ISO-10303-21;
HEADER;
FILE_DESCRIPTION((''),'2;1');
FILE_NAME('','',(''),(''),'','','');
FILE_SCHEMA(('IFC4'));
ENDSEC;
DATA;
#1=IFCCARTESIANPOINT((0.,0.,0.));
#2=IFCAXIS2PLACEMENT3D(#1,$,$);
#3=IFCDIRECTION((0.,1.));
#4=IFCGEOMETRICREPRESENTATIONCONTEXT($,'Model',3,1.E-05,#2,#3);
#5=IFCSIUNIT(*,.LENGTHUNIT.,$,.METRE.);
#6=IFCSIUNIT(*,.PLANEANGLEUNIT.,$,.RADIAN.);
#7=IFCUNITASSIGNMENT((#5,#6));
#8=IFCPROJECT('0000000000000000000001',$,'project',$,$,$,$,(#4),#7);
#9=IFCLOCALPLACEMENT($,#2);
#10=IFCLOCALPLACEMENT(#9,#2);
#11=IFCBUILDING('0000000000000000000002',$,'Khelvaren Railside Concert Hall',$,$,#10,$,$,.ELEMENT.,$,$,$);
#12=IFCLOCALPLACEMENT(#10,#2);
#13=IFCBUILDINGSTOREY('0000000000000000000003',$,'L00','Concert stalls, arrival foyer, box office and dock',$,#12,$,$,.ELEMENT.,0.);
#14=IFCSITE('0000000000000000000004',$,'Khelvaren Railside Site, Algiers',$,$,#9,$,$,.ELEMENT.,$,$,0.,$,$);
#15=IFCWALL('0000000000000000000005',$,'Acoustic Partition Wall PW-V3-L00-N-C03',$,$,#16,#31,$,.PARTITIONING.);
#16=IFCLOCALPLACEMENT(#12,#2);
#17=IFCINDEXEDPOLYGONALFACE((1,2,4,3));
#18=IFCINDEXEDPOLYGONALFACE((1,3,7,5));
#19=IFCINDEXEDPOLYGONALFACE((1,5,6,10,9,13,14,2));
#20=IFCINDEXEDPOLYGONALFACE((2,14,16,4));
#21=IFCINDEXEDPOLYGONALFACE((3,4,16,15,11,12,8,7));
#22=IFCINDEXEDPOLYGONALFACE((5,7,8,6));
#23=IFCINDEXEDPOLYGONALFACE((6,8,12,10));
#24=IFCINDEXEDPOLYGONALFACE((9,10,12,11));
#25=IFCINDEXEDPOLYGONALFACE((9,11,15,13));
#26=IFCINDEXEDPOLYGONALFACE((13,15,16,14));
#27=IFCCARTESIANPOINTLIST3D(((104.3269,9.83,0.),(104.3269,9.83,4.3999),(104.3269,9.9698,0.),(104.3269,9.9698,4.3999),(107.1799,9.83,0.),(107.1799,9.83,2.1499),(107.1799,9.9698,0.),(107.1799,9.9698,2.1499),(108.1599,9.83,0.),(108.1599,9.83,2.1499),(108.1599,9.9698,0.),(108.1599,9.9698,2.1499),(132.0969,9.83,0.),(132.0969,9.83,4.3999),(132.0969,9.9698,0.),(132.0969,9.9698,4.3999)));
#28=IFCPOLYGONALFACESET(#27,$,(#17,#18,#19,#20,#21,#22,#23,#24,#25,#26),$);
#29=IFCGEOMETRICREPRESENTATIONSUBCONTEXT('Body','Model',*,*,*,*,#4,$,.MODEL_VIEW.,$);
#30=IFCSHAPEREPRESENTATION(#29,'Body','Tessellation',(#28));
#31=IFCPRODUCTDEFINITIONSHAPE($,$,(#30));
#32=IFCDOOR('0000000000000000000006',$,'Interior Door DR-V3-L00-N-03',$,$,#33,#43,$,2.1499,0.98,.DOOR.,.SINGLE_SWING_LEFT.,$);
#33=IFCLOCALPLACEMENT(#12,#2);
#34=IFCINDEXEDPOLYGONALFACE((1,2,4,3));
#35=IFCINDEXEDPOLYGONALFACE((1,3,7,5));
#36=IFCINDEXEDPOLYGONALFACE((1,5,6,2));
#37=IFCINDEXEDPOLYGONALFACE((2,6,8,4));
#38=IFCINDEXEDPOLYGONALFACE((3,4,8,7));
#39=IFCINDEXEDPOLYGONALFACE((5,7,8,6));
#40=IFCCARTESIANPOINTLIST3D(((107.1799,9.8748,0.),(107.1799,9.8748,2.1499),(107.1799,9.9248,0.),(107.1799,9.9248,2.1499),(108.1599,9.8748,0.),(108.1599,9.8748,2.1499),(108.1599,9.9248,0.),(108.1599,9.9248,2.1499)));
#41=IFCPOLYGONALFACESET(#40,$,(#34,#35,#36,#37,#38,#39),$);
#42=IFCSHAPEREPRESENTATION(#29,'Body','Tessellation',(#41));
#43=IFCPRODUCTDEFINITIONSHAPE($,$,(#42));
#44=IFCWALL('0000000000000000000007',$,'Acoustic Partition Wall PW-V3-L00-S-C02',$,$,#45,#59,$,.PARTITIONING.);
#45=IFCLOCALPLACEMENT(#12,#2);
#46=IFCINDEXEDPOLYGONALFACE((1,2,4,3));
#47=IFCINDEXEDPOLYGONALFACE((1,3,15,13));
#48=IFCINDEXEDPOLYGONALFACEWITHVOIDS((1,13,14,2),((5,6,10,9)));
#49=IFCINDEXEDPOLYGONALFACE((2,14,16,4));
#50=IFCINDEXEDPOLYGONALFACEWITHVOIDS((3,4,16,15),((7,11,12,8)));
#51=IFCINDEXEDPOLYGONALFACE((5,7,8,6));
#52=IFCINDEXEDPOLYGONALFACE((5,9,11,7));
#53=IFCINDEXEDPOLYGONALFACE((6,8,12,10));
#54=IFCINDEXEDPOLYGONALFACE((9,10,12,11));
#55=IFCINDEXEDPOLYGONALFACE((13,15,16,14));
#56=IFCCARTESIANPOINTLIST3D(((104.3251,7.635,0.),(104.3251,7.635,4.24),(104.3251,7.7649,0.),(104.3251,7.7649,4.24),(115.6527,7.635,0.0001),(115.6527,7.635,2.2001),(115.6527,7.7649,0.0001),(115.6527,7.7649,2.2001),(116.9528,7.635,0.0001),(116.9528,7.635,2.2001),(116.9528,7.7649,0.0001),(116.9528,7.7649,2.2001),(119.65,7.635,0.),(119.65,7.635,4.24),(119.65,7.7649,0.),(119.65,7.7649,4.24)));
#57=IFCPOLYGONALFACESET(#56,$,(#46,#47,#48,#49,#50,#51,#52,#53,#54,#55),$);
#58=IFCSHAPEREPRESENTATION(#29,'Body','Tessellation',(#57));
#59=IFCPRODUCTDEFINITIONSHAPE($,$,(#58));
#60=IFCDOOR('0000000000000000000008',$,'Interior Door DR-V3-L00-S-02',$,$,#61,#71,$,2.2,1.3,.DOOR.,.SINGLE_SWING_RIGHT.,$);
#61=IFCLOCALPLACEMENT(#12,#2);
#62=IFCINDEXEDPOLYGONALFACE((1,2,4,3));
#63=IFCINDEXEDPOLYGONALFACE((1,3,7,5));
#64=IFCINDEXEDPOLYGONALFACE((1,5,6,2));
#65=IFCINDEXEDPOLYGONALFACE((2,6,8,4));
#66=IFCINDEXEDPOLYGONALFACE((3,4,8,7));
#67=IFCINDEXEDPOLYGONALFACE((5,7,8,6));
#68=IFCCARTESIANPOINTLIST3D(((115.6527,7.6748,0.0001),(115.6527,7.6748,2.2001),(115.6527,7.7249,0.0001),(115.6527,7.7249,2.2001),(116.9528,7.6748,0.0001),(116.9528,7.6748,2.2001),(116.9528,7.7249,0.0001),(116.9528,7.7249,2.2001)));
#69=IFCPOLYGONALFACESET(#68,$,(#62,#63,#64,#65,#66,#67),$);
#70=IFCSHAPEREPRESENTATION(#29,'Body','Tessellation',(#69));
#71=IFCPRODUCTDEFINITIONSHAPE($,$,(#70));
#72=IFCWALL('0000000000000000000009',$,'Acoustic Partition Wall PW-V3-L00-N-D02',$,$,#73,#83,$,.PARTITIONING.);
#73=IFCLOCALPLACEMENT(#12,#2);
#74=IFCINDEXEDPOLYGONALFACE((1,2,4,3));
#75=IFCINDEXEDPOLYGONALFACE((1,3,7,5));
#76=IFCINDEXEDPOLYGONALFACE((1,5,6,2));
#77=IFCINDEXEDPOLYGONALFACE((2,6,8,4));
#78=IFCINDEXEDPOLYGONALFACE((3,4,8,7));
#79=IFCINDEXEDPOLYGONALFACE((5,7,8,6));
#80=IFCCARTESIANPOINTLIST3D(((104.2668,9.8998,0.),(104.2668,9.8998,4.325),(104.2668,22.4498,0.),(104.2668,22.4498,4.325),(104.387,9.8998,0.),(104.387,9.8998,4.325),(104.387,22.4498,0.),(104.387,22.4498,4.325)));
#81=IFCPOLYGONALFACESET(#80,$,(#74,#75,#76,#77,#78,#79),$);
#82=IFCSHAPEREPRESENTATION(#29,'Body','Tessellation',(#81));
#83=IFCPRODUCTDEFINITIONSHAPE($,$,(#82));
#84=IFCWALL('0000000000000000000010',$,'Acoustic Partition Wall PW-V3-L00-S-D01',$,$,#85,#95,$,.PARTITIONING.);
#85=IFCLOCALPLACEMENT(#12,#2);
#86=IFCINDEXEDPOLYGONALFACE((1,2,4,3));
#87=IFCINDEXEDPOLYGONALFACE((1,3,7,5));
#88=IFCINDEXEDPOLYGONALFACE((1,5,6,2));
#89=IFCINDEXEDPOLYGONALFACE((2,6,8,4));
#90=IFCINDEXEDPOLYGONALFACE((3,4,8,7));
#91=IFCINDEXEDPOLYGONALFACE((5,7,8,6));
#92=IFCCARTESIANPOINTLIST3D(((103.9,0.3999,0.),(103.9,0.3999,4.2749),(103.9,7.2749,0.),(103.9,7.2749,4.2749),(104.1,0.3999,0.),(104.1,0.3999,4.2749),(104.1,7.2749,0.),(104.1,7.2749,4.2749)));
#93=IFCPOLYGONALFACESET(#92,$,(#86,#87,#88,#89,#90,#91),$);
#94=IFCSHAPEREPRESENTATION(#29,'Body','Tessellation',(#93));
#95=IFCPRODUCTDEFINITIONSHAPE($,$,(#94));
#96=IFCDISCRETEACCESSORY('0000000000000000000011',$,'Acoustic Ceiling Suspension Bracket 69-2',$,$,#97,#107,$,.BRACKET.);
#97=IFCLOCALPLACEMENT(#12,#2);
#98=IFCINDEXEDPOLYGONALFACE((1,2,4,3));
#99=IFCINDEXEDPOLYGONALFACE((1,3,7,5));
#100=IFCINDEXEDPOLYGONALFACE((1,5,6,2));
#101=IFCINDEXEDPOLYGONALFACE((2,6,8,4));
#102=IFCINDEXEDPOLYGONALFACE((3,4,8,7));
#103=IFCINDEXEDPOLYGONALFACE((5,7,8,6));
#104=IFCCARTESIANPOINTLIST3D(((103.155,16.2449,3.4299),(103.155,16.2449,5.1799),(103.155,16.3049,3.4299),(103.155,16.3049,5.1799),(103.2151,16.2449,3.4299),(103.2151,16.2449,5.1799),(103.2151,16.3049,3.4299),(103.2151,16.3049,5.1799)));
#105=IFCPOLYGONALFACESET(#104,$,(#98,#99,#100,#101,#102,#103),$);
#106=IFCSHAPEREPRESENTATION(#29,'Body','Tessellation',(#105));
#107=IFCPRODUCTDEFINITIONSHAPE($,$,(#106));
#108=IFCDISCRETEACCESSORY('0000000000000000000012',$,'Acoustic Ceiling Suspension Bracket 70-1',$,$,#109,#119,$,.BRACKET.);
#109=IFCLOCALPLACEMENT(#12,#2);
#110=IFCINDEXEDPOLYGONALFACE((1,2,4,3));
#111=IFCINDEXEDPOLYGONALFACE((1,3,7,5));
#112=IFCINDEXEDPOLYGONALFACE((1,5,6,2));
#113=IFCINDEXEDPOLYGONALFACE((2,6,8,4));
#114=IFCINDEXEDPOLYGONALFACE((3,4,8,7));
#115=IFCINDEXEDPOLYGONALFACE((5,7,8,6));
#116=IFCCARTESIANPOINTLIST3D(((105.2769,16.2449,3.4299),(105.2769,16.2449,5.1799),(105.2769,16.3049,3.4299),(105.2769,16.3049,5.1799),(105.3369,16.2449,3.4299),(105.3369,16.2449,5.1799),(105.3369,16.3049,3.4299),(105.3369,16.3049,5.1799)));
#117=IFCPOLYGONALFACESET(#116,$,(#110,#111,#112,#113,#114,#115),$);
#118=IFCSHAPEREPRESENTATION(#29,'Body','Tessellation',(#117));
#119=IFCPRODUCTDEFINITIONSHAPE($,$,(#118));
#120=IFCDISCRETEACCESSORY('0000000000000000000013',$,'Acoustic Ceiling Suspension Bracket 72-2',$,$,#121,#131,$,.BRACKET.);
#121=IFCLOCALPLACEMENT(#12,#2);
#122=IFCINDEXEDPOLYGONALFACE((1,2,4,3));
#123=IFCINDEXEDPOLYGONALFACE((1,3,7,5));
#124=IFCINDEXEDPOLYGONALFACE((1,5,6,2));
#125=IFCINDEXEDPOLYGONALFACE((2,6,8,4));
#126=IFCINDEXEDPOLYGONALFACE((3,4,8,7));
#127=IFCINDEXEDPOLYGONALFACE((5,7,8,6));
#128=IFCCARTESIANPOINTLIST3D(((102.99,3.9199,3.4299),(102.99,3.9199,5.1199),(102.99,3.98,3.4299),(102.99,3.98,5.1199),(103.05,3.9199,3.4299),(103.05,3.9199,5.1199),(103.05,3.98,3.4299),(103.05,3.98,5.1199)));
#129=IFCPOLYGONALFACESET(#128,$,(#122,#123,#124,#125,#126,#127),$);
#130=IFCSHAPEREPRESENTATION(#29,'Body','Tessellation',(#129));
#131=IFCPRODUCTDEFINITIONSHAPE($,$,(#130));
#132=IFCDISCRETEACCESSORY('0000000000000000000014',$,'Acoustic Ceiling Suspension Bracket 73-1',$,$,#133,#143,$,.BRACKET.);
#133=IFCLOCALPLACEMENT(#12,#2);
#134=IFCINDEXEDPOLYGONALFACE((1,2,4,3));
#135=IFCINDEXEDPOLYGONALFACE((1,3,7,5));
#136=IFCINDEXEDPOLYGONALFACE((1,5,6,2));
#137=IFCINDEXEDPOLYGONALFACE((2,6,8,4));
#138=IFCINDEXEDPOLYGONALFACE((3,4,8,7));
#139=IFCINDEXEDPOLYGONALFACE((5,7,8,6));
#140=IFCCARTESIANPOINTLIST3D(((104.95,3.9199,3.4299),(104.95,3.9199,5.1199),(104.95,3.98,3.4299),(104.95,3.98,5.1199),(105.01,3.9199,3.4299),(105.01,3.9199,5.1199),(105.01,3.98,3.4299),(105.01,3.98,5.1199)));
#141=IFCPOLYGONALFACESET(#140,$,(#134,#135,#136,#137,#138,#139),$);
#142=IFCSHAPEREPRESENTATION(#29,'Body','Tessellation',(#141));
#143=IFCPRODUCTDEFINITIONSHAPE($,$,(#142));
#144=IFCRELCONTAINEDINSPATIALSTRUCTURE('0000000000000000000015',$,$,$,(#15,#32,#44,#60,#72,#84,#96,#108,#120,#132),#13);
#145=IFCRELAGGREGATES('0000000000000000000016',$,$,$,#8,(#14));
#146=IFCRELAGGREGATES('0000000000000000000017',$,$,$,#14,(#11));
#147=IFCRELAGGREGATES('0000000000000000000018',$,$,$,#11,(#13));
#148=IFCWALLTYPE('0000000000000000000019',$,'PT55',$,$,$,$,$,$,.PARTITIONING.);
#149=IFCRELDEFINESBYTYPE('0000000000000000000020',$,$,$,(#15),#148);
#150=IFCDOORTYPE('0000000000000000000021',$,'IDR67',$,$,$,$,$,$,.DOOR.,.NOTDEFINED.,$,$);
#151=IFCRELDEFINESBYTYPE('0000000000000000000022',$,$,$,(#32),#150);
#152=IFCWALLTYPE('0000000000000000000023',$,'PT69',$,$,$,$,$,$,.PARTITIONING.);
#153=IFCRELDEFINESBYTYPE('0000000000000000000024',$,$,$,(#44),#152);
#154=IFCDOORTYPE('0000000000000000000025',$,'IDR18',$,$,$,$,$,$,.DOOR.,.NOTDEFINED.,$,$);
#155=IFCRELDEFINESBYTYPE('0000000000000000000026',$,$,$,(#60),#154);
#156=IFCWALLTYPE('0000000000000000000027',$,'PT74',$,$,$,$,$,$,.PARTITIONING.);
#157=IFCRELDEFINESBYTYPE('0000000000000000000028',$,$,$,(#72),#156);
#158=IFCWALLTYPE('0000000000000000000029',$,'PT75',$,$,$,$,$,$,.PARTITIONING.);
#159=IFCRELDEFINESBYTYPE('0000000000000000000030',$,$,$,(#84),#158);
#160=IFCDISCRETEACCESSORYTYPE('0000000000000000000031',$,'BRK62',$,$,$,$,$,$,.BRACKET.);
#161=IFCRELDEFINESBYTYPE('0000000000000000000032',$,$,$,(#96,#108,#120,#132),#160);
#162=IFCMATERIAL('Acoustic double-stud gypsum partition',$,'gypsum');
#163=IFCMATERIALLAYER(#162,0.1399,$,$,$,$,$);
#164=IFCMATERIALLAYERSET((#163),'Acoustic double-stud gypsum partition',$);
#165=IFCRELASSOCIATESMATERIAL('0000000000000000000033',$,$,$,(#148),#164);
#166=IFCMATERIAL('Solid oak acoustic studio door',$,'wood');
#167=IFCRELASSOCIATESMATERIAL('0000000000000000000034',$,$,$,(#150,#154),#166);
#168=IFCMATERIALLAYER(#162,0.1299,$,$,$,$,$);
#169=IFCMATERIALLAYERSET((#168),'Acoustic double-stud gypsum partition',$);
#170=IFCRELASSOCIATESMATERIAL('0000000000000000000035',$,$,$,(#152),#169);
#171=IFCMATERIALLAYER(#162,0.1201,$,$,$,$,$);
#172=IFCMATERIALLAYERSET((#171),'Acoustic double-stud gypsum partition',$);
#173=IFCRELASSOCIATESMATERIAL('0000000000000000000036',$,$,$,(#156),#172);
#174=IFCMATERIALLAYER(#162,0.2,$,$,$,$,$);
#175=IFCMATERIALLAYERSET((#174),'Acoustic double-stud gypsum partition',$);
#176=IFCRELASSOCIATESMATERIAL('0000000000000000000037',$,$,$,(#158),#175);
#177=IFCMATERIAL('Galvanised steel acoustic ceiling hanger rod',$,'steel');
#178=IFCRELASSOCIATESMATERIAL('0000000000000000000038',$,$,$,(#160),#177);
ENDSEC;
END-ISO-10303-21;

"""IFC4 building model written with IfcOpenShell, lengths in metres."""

from ifc_helpers import new_model, si_unit, direction, frame, frame_2d, origin, origin_2d, place, context, subcontext, project, spatial, rectangle, extrude, material, layer, layer_set, type_object, element, fill, save


model = new_model("IFC4")

# Units and contexts
model_context = context("Model", 3, precision=1e-05, world=origin(), true_north=direction((0.0, 1.0)))
body_context = subcontext(model_context, "Body", "Model", "MODEL_VIEW")
ifc_project = project(units=[si_unit("LENGTHUNIT", "METRE"), si_unit("PLANEANGLEUNIT", "RADIAN")], contexts=[model_context])

# Site, building, storey
site_placement = place(None, origin())
site = spatial("IfcSite", under=ifc_project, at=site_placement, Name="Khelvaren Railside Site, Algiers", CompositionType="ELEMENT", RefElevation=0.0)
building_placement = place(site_placement, origin())
building = spatial("IfcBuilding", under=site, at=building_placement, Name="Khelvaren Railside Concert Hall", CompositionType="ELEMENT")
storey_placement = place(building_placement, origin())
storey = spatial("IfcBuildingStorey", under=building, at=storey_placement, Name="L00", Description="Concert stalls, arrival foyer, box office and dock", CompositionType="ELEMENT", Elevation=0.0)

# Walls, openings, doors
ifc_material_1 = material(Name="Acoustic double-stud gypsum partition", Category="gypsum")
ifc_layer_1 = layer(ifc_material_1, 0.1399)
ifc_layer_set_1 = layer_set([ifc_layer_1], Name="Acoustic double-stud gypsum partition")
wall_type_1 = type_object("IfcWallType", Name="PT55", PredefinedType="PARTITIONING", material=ifc_layer_set_1)
wall_1_placement = place(storey_placement, frame((104.3269, 9.8999, 0.0), z_axis=(0.0, 0.0, 1.0), x_axis=(1.0, 0.0, 0.0)))
wall_1 = element("IfcWall", 1, at=wall_1_placement, inside=storey, type_object=wall_type_1, Name="Acoustic Partition Wall PW-V3-L00-N-C03", PredefinedType="PARTITIONING", context=body_context, shape_type="SweptSolid", body=[
    extrude(rectangle(XDim=27.77, YDim=0.1399, at=frame_2d((13.885, 0.0))), origin(), (0.0, 0.0, 1.0), 4.3999),
])
opening_1_placement = place(wall_1_placement, frame((2.853, 0.0, 0.0)))
opening_1 = element("IfcOpeningElement", 2, at=opening_1_placement, cuts=wall_1, PredefinedType="OPENING", context=body_context, shape_type="SweptSolid", body=[
    extrude(rectangle(XDim=0.98, YDim=2.1499, at=frame_2d((0.49, 1.075))), frame((0.0, 0.0798, 0.0), z_axis=(0.0, -1.0, 0.0), x_axis=(1.0, 0.0, 0.0)), (0.0, 0.0, 1.0), 0.1599),
])
ifc_material_2 = material(Name="Solid oak acoustic studio door", Category="wood")
door_type_1 = type_object("IfcDoorType", Name="IDR67", OperationType="NOTDEFINED", PredefinedType="DOOR", material=ifc_material_2)
door_1_placement = place(opening_1_placement, origin())
door_1 = element("IfcDoor", 3, at=door_1_placement, inside=storey, type_object=door_type_1, Name="Interior Door DR-V3-L00-N-03", OperationType="SINGLE_SWING_LEFT", OverallHeight=2.1499, OverallWidth=0.98, PredefinedType="DOOR", context=body_context, shape_type="SweptSolid", body=[
    extrude(rectangle(XDim=0.98, YDim=2.1499, at=frame_2d((0.49, 1.075))), frame((0.0, 0.0249, 0.0), z_axis=(0.0, -1.0, 0.0), x_axis=(1.0, 0.0, 0.0)), (0.0, 0.0, 1.0), 0.05),
])
fill(opening_1, door_1)
ifc_layer_2 = layer(ifc_material_1, 0.1299)
ifc_layer_set_2 = layer_set([ifc_layer_2], Name="Acoustic double-stud gypsum partition")
wall_type_2 = type_object("IfcWallType", Name="PT69", PredefinedType="PARTITIONING", material=ifc_layer_set_2)
wall_2_placement = place(storey_placement, frame((104.325, 7.7, 0.0), z_axis=(0.0, 0.0, 1.0), x_axis=(1.0, 0.0, 0.0)))
wall_2 = element("IfcWall", 4, at=wall_2_placement, inside=storey, type_object=wall_type_2, Name="Acoustic Partition Wall PW-V3-L00-S-C02", PredefinedType="PARTITIONING", context=body_context, shape_type="SweptSolid", body=[
    extrude(rectangle(XDim=15.325, YDim=0.1299, at=frame_2d((7.6626, 0.0))), origin(), (0.0, 0.0, 1.0), 4.24),
])
opening_2_placement = place(wall_2_placement, frame((11.3279, 0.0, 0.0)))
opening_2 = element("IfcOpeningElement", 5, at=opening_2_placement, cuts=wall_2, PredefinedType="OPENING", context=body_context, shape_type="SweptSolid", body=[
    extrude(rectangle(XDim=1.3, YDim=2.2, at=frame_2d((0.6499, 1.1001))), frame((0.0, 0.075, 0.0), z_axis=(0.0, -1.0, 0.0), x_axis=(1.0, 0.0, 0.0)), (0.0, 0.0, 1.0), 0.1499),
])
door_type_2 = type_object("IfcDoorType", Name="IDR18", OperationType="NOTDEFINED", PredefinedType="DOOR", material=ifc_material_2)
door_2_placement = place(opening_2_placement, origin())
door_2 = element("IfcDoor", 6, at=door_2_placement, inside=storey, type_object=door_type_2, Name="Interior Door DR-V3-L00-S-02", OperationType="SINGLE_SWING_RIGHT", OverallHeight=2.2, OverallWidth=1.3, PredefinedType="DOOR", context=body_context, shape_type="SweptSolid", body=[
    extrude(rectangle(XDim=1.3, YDim=2.2, at=frame_2d((0.6499, 1.1001))), frame((0.0, 0.0249, 0.0), z_axis=(0.0, -1.0, 0.0), x_axis=(1.0, 0.0, 0.0)), (0.0, 0.0, 1.0), 0.05),
])
fill(opening_2, door_2)

# Walls
ifc_layer_3 = layer(ifc_material_1, 0.1201)
ifc_layer_set_3 = layer_set([ifc_layer_3], Name="Acoustic double-stud gypsum partition")
wall_type_3 = type_object("IfcWallType", Name="PT74", PredefinedType="PARTITIONING", material=ifc_layer_set_3)
wall_3_placement = place(storey_placement, frame((104.3269, 9.8999, 0.0), z_axis=(0.0, 0.0, 1.0), x_axis=(0.0, 1.0, 0.0)))
element("IfcWall", 7, at=wall_3_placement, inside=storey, type_object=wall_type_3, Name="Acoustic Partition Wall PW-V3-L00-N-D02", PredefinedType="PARTITIONING", context=body_context, shape_type="SweptSolid", body=[
    extrude(rectangle(XDim=12.55, YDim=0.1201, at=frame_2d((6.2749, 0.0))), origin(), (0.0, 0.0, 1.0), 4.325),
])
ifc_layer_4 = layer(ifc_material_1, 0.2)
ifc_layer_set_4 = layer_set([ifc_layer_4], Name="Acoustic double-stud gypsum partition")
wall_type_4 = type_object("IfcWallType", Name="PT75", PredefinedType="PARTITIONING", material=ifc_layer_set_4)
wall_4_placement = place(storey_placement, frame((104.0, 0.3999, 0.0), z_axis=(0.0, 0.0, 1.0), x_axis=(0.0, 1.0, 0.0)))
element("IfcWall", 8, at=wall_4_placement, inside=storey, type_object=wall_type_4, Name="Acoustic Partition Wall PW-V3-L00-S-D01", PredefinedType="PARTITIONING", context=body_context, shape_type="SweptSolid", body=[
    extrude(rectangle(XDim=6.875, YDim=0.2, at=frame_2d((3.4375, 0.0))), origin(), (0.0, 0.0, 1.0), 4.2749),
])

# Discrete accessories
ifc_material_3 = material(Name="Galvanised steel acoustic ceiling hanger rod", Category="steel")
discrete_accessory_type = type_object("IfcDiscreteAccessoryType", Name="BRK62", PredefinedType="BRACKET", material=ifc_material_3)
for number, where, z_axis, x_axis, name in (
    (9, (103.1851, 16.2749, 3.4299), (0.0, 0.0, 1.0), (1.0, 0.0, 0.0), "Acoustic Ceiling Suspension Bracket 69-2"),
    (10, (105.3069, 16.2749, 3.4299), (0.0, 0.0, 1.0), (1.0, 0.0, 0.0), "Acoustic Ceiling Suspension Bracket 70-1"),
):
    element("IfcDiscreteAccessory", number, at=place(storey_placement, frame(where, z_axis=z_axis, x_axis=x_axis)), inside=storey, type_object=discrete_accessory_type, Name=name, PredefinedType="BRACKET", context=body_context, shape_type="SweptSolid", body=[
        extrude(rectangle(XDim=0.0601, YDim=0.0601, at=origin_2d()), origin(), (0.0, 0.0, 1.0), 1.75),
    ])
for number, where, z_axis, x_axis, name in (
    (11, (103.02, 3.95, 3.4299), (0.0, 0.0, 1.0), (1.0, 0.0, 0.0), "Acoustic Ceiling Suspension Bracket 72-2"),
    (12, (104.98, 3.95, 3.4299), (0.0, 0.0, 1.0), (1.0, 0.0, 0.0), "Acoustic Ceiling Suspension Bracket 73-1"),
):
    element("IfcDiscreteAccessory", number, at=place(storey_placement, frame(where, z_axis=z_axis, x_axis=x_axis)), inside=storey, type_object=discrete_accessory_type, Name=name, PredefinedType="BRACKET", context=body_context, shape_type="SweptSolid", body=[
        extrude(rectangle(XDim=0.0601, YDim=0.0601, at=origin_2d()), origin(), (0.0, 0.0, 1.0), 1.6899),
    ])

save(model, "model.ifc")
